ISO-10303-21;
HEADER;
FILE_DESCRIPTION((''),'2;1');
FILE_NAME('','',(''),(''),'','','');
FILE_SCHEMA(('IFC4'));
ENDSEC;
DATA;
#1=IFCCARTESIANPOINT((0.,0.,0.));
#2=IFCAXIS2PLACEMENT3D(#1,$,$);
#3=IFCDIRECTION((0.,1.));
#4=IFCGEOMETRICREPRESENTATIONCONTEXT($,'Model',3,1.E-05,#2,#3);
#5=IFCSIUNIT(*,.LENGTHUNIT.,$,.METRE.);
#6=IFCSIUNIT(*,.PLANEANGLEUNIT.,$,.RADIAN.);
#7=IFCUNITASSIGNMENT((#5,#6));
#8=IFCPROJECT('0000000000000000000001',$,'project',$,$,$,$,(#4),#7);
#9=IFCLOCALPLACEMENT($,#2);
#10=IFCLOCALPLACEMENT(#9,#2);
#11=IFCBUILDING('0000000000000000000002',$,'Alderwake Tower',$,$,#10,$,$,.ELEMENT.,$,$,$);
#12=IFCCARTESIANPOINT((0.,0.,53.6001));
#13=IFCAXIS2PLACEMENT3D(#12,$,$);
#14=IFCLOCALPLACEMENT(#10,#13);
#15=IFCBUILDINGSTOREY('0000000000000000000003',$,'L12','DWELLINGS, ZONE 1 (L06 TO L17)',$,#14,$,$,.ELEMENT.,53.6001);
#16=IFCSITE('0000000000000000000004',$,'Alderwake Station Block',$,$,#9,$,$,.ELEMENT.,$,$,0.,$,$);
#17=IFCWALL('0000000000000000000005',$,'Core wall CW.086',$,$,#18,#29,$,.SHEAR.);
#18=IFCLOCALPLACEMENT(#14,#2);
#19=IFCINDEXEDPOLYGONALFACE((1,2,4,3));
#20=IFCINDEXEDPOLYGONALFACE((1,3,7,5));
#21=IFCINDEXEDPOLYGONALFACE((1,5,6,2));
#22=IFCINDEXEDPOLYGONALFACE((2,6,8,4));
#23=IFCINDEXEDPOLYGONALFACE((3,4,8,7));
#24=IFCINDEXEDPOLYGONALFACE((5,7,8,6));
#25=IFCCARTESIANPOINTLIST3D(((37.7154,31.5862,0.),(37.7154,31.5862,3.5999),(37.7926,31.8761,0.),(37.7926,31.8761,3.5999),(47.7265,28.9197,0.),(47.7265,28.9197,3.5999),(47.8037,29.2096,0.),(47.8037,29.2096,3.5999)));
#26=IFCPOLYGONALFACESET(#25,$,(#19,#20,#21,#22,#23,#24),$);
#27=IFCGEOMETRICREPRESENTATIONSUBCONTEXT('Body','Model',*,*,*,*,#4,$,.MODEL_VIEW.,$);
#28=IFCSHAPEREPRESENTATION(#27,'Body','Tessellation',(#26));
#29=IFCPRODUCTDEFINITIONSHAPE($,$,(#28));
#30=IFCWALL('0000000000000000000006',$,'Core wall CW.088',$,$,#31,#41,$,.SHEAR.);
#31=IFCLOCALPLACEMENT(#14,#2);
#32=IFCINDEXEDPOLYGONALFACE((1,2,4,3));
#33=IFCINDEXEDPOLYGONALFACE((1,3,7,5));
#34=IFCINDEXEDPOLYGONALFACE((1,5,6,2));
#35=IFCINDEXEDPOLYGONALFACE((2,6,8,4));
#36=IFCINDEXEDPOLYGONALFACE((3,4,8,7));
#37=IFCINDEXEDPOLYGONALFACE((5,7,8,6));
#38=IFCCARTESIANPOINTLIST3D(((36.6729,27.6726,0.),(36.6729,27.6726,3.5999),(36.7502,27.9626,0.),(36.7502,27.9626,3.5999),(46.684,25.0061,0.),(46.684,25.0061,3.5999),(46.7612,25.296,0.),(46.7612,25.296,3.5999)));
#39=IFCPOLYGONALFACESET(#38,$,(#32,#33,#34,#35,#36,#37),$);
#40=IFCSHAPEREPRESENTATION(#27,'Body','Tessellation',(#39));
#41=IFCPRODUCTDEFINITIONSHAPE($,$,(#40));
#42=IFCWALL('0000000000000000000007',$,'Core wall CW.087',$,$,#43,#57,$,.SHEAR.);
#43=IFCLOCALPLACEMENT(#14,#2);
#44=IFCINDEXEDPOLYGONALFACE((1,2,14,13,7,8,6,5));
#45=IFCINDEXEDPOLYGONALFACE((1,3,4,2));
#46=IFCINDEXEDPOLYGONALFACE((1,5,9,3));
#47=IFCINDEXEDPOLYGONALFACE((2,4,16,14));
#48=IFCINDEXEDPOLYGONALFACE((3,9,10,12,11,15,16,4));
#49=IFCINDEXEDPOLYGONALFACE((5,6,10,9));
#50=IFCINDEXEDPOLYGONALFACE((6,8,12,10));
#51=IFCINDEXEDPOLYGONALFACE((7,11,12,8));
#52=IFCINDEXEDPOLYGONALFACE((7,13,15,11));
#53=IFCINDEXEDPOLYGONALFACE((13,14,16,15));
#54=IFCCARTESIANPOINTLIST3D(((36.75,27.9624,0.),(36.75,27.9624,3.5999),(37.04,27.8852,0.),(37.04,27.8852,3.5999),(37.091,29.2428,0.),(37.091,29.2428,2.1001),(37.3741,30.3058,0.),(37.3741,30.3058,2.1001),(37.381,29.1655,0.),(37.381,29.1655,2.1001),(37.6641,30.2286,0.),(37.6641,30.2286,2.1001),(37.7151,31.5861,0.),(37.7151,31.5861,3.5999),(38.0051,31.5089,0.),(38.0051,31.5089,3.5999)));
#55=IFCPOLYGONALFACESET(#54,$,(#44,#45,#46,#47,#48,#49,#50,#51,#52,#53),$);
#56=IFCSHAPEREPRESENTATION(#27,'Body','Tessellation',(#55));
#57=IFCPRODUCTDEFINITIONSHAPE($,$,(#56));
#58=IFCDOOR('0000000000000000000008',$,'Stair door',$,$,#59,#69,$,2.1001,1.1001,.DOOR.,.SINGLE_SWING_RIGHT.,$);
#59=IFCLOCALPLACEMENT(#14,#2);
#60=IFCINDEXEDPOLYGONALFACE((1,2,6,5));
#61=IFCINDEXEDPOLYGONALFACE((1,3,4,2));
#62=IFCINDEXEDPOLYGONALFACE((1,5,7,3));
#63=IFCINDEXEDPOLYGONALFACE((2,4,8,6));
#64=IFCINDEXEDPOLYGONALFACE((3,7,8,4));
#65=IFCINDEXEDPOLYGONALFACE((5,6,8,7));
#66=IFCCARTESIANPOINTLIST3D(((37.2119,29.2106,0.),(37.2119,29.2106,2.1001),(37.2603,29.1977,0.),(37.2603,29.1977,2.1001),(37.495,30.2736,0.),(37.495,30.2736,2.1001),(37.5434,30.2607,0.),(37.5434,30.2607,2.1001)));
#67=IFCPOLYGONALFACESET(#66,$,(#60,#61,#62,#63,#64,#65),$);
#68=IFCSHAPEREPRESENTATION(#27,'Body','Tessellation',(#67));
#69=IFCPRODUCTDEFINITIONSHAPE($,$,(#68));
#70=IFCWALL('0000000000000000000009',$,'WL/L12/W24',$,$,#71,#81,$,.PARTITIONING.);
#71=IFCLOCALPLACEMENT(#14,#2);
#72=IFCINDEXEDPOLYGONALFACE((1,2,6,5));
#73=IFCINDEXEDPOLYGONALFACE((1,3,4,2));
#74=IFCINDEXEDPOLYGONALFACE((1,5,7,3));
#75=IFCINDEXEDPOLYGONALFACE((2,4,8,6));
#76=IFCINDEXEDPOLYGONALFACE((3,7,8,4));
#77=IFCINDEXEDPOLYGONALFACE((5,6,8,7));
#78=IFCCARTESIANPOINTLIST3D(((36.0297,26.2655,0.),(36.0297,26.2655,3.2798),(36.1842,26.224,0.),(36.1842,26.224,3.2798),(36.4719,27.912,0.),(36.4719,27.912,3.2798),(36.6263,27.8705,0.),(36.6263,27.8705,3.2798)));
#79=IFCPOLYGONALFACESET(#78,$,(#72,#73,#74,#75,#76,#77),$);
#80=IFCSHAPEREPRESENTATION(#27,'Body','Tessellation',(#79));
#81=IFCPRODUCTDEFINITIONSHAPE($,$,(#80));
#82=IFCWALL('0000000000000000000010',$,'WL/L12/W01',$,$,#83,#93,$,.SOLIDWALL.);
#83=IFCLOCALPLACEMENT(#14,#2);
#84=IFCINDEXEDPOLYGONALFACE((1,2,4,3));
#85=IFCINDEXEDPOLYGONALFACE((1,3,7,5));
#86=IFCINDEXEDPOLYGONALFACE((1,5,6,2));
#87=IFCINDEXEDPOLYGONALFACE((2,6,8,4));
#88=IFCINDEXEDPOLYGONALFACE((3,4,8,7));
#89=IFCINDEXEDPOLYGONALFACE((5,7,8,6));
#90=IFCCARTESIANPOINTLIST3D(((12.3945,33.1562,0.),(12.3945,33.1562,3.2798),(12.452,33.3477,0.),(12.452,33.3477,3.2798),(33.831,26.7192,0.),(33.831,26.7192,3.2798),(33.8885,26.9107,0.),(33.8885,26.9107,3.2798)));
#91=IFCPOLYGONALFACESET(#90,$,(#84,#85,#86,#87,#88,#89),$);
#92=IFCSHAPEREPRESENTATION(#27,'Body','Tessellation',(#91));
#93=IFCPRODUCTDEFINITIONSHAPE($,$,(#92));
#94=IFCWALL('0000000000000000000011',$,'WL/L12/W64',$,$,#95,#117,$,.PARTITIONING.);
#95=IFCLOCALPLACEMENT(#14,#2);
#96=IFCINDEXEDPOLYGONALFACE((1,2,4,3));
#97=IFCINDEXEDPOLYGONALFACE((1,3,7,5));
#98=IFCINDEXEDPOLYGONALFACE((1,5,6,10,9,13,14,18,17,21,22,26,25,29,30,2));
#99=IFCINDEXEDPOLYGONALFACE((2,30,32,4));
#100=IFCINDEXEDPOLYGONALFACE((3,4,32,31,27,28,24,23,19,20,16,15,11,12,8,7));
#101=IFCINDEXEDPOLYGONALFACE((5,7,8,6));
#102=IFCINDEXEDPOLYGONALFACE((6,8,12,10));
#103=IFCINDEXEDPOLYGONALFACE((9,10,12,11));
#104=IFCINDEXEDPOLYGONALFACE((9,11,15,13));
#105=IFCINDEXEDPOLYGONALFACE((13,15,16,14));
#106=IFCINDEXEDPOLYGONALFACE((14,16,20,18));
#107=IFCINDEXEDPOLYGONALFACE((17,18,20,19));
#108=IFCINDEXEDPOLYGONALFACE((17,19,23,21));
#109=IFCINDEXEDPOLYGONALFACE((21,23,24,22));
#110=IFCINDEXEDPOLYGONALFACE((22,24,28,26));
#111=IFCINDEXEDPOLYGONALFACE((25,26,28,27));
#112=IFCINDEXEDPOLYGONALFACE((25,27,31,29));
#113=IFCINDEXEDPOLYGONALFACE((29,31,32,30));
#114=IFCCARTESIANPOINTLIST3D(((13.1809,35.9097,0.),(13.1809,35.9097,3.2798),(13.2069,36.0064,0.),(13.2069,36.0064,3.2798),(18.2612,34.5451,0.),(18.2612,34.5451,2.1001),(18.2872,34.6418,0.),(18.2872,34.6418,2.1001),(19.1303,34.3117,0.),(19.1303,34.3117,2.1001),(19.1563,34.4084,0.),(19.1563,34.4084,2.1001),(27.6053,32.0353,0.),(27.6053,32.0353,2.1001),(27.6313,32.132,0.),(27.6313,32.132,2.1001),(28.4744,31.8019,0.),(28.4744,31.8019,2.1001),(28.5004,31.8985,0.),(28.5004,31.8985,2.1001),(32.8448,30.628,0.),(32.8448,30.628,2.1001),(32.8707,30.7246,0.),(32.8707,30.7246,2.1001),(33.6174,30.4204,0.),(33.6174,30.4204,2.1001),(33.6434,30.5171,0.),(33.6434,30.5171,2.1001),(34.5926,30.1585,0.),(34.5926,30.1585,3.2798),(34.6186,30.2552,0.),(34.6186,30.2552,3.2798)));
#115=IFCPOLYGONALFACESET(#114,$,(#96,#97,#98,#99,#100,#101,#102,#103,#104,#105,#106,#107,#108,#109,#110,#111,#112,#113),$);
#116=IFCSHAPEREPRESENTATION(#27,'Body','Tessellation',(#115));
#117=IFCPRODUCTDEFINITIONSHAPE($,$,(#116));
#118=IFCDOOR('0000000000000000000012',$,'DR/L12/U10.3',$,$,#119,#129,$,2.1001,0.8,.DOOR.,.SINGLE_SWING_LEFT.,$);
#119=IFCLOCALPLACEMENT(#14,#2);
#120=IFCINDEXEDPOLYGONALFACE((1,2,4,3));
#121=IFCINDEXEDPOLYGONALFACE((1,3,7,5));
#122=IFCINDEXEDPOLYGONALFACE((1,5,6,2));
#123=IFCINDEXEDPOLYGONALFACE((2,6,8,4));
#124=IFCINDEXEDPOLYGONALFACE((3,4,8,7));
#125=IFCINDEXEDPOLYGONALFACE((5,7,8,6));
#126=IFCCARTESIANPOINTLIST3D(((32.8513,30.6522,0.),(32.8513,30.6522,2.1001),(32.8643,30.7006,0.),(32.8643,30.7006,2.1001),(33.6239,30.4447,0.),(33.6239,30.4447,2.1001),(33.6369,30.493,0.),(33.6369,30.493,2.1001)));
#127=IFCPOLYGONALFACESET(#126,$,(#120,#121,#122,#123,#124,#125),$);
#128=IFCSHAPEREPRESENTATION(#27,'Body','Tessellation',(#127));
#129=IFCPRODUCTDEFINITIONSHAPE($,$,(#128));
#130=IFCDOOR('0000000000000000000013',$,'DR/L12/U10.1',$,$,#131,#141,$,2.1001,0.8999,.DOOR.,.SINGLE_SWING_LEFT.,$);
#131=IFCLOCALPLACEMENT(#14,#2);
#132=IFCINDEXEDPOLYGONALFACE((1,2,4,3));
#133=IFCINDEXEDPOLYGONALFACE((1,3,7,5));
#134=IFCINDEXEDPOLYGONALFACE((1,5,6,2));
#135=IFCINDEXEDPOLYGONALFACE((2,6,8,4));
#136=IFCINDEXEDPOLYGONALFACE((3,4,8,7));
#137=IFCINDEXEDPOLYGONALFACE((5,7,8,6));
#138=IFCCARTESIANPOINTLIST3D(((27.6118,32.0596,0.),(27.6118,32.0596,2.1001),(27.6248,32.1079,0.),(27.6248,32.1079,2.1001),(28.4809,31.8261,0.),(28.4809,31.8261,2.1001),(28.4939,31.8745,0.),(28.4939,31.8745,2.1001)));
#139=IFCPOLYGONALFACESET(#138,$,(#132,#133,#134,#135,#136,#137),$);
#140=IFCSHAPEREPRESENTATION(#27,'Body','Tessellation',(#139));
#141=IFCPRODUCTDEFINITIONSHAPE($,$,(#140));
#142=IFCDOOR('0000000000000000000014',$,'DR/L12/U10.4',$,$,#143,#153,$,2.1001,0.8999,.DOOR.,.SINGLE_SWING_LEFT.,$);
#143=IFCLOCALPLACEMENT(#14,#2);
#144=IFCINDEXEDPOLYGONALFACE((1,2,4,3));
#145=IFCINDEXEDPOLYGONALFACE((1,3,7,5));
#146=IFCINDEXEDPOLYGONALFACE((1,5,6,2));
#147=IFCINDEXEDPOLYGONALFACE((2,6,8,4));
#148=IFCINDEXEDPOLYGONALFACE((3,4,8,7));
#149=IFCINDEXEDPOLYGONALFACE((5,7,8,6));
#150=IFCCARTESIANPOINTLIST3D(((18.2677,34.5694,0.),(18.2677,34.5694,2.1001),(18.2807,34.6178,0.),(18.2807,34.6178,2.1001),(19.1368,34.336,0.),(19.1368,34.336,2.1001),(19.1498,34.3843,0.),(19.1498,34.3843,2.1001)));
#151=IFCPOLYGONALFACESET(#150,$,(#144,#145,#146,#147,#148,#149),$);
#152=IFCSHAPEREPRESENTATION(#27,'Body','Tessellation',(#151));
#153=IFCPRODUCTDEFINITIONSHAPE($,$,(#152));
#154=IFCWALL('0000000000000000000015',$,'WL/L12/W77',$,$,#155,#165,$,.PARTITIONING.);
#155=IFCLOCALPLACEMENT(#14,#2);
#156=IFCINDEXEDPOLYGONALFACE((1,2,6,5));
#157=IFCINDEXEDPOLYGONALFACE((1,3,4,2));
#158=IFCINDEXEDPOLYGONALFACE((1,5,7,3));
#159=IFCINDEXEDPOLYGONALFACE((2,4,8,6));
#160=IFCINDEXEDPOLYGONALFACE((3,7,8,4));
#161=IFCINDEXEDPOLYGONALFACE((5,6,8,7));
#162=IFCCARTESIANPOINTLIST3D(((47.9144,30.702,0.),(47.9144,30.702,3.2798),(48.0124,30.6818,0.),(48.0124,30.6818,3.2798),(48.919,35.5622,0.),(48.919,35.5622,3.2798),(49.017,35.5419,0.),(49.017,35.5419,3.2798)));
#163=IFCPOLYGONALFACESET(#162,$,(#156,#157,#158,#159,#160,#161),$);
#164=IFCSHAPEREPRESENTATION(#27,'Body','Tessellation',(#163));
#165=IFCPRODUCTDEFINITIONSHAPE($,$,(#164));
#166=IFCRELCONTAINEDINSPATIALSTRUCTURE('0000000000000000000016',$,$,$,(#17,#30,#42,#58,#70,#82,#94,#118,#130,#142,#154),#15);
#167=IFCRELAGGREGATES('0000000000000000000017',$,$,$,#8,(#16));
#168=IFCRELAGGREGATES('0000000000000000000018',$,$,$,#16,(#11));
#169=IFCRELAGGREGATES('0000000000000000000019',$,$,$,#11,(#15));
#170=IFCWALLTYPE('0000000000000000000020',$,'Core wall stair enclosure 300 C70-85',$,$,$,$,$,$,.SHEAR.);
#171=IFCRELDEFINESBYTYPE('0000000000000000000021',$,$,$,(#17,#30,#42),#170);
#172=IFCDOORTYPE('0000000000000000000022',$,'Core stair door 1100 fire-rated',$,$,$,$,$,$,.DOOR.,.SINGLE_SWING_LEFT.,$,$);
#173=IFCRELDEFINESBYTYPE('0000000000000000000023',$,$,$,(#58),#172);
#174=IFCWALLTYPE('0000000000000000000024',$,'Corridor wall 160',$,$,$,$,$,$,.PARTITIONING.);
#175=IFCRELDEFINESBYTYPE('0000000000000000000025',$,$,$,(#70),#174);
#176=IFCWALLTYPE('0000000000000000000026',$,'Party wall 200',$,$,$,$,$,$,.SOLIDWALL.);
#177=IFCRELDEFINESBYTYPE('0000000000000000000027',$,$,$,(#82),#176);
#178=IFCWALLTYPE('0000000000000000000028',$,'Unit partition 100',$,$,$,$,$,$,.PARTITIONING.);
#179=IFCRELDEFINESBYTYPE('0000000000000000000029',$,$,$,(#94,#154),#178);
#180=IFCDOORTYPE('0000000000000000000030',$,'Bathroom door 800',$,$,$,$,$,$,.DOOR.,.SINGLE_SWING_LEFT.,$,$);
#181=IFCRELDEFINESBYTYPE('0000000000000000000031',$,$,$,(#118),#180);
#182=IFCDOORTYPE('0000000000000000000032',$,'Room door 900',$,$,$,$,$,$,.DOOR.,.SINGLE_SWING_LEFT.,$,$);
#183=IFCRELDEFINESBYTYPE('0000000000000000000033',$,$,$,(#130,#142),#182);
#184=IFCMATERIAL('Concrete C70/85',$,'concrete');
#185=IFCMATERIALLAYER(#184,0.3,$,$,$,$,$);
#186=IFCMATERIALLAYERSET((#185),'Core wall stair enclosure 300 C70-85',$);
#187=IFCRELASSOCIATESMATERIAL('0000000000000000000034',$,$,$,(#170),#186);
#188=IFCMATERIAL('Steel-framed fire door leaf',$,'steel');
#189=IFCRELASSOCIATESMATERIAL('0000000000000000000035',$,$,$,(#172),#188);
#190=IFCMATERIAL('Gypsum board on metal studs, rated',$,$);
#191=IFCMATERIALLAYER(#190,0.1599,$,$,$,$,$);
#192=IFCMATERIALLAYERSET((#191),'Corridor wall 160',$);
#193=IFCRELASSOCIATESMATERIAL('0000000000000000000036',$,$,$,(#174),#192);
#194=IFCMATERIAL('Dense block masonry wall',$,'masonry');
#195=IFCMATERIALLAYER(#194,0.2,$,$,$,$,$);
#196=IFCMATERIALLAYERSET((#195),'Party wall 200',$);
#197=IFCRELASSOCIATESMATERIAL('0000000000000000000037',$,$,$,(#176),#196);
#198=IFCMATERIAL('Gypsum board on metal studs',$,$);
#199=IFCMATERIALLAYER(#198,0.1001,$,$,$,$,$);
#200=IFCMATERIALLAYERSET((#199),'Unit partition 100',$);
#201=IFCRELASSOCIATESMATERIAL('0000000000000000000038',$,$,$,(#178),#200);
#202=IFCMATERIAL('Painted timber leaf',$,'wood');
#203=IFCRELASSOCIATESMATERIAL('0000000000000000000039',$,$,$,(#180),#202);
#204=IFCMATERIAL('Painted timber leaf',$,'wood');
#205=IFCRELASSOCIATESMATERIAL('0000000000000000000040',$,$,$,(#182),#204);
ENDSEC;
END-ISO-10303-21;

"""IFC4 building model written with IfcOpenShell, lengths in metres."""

from ifc_helpers import new_model, si_unit, direction, frame, frame_2d, origin, place, context, subcontext, project, spatial, rectangle, extrude, material, layer, layer_set, type_object, element, fill, save


model = new_model("IFC4")

# Units and contexts
model_context = context("Model", 3, precision=1e-05, world=origin(), true_north=direction((0.0, 1.0)))
body_context = subcontext(model_context, "Body", "Model", "MODEL_VIEW")
ifc_project = project(units=[si_unit("LENGTHUNIT", "METRE"), si_unit("PLANEANGLEUNIT", "RADIAN")], contexts=[model_context])

# Site, building, storey
site_placement = place(None, origin())
site = spatial("IfcSite", under=ifc_project, at=site_placement, Name="Alderwake Station Block", CompositionType="ELEMENT", RefElevation=0.0)
building_placement = place(site_placement, origin())
building = spatial("IfcBuilding", under=site, at=building_placement, Name="Alderwake Tower", CompositionType="ELEMENT")
storey_placement = place(building_placement, frame((0.0, 0.0, 53.6001)))
storey = spatial("IfcBuildingStorey", under=building, at=storey_placement, Name="L12", Description="DWELLINGS, ZONE 1 (L06 TO L17)", CompositionType="ELEMENT", Elevation=53.6001)

# Walls
ifc_material_1 = material(Name="Concrete C70/85", Category="concrete")
ifc_layer_1 = layer(ifc_material_1, 0.3)
ifc_layer_set_1 = layer_set([ifc_layer_1], Name="Core wall stair enclosure 300 C70-85")
wall_type_1 = type_object("IfcWallType", Name="Core wall stair enclosure 300 C70-85", PredefinedType="SHEAR", material=ifc_layer_set_1)
for number, where, z_axis, x_axis, name in (
    (1, (37.7539, 31.7312, 0.0), (0.0, 0.0, 1.0), (0.966309, -0.257384, 0.0), "Core wall CW.086"),
    (2, (36.7114, 27.8176, 0.0), (0.0, 0.0, 1.0), (0.966309, -0.257384, 0.0), "Core wall CW.088"),
):
    element("IfcWall", number, at=place(storey_placement, frame(where, z_axis=z_axis, x_axis=x_axis)), inside=storey, type_object=wall_type_1, Name=name, PredefinedType="SHEAR", context=body_context, shape_type="SweptSolid", body=[
        extrude(rectangle(XDim=10.3601, YDim=0.3, at=frame_2d((5.1802, 0.0))), origin(), (0.0, 0.0, 1.0), 3.5999),
    ])

# Wall, opening, door
wall_1_placement = place(storey_placement, frame((36.895, 27.9238, 0.0), z_axis=(0.0, 0.0, 1.0), x_axis=(0.257351, 0.966318, 0.0)))
wall_1 = element("IfcWall", 3, at=wall_1_placement, inside=storey, type_object=wall_type_1, Name="Core wall CW.087", PredefinedType="SHEAR", context=body_context, shape_type="SweptSolid", body=[
    extrude(rectangle(XDim=3.75, YDim=0.3, at=frame_2d((1.875, 0.0))), origin(), (0.0, 0.0, 1.0), 3.5999),
])
opening_1_placement = place(wall_1_placement, frame((1.325, 0.0, 0.0)))
opening_1 = element("IfcOpeningElement", 4, at=opening_1_placement, cuts=wall_1, PredefinedType="OPENING", context=body_context, shape_type="SweptSolid", body=[
    extrude(rectangle(XDim=1.1001, YDim=2.1001, at=frame_2d((0.55, 1.05))), frame((0.0, 0.1599, 0.0), z_axis=(0.0, -1.0, 0.0), x_axis=(1.0, 0.0, 0.0)), (0.0, 0.0, 1.0), 0.3201),
])
ifc_material_2 = material(Name="Steel-framed fire door leaf", Category="steel")
door_type_1 = type_object("IfcDoorType", Name="Core stair door 1100 fire-rated", OperationType="SINGLE_SWING_LEFT", PredefinedType="DOOR", material=ifc_material_2)
door_1_placement = place(opening_1_placement, origin())
door_1 = element("IfcDoor", 5, at=door_1_placement, inside=storey, type_object=door_type_1, Name="Stair door", OperationType="SINGLE_SWING_RIGHT", OverallHeight=2.1001, OverallWidth=1.1001, PredefinedType="DOOR", context=body_context, shape_type="SweptSolid", body=[
    extrude(rectangle(XDim=1.1001, YDim=2.1001, at=frame_2d((0.55, 1.05))), frame((0.0, 0.0249, 0.0), z_axis=(0.0, -1.0, 0.0), x_axis=(1.0, 0.0, 0.0)), (0.0, 0.0, 1.0), 0.05),
])
fill(opening_1, door_1)

# Walls
ifc_material_3 = material(Name="Gypsum board on metal studs, rated")
ifc_layer_2 = layer(ifc_material_3, 0.1599)
ifc_layer_set_2 = layer_set([ifc_layer_2], Name="Corridor wall 160")
wall_type_2 = type_object("IfcWallType", Name="Corridor wall 160", PredefinedType="PARTITIONING", material=ifc_layer_set_2)
wall_2_placement = place(storey_placement, frame((36.1069, 26.2446, 0.0), z_axis=(0.0, 0.0, 1.0), x_axis=(0.259347, 0.965784, 0.0)))
element("IfcWall", 6, at=wall_2_placement, inside=storey, type_object=wall_type_2, Name="WL/L12/W24", PredefinedType="PARTITIONING", context=body_context, shape_type="SweptSolid", body=[
    extrude(rectangle(XDim=1.7048, YDim=0.1599, at=frame_2d((0.8525, 0.0))), origin(), (0.0, 0.0, 1.0), 3.2798),
])
ifc_material_4 = material(Name="Dense block masonry wall", Category="masonry")
ifc_layer_3 = layer(ifc_material_4, 0.2)
ifc_layer_set_3 = layer_set([ifc_layer_3], Name="Party wall 200")
wall_type_3 = type_object("IfcWallType", Name="Party wall 200", PredefinedType="SOLIDWALL", material=ifc_layer_set_3)
wall_3_placement = place(storey_placement, frame((33.8596, 26.8149, 0.0), z_axis=(0.0, 0.0, 1.0), x_axis=(-0.957752, 0.287596, 0.0)))
element("IfcWall", 7, at=wall_3_placement, inside=storey, type_object=wall_type_3, Name="WL/L12/W01", PredefinedType="SOLIDWALL", context=body_context, shape_type="SweptSolid", body=[
    extrude(rectangle(XDim=22.3821, YDim=0.2, at=frame_2d((11.1909, 0.0))), origin(), (0.0, 0.0, 1.0), 3.2798),
])

# Wall, openings, doors
ifc_material_5 = material(Name="Gypsum board on metal studs")
ifc_layer_4 = layer(ifc_material_5, 0.1001)
ifc_layer_set_4 = layer_set([ifc_layer_4], Name="Unit partition 100")
wall_type_4 = type_object("IfcWallType", Name="Unit partition 100", PredefinedType="PARTITIONING", material=ifc_layer_set_4)
wall_4_placement = place(storey_placement, frame((34.6057, 30.2068, 0.0), z_axis=(0.0, 0.0, 1.0), x_axis=(-0.965768, 0.259408, 0.0)))
wall_4 = element("IfcWall", 8, at=wall_4_placement, inside=storey, type_object=wall_type_4, Name="WL/L12/W64", PredefinedType="PARTITIONING", context=body_context, shape_type="SweptSolid", body=[
    extrude(rectangle(XDim=22.1707, YDim=0.1001, at=frame_2d((11.0854, 0.0))), origin(), (0.0, 0.0, 1.0), 3.2798),
])
opening_2_placement = place(wall_4_placement, frame((6.3352, 0.0, 0.0)))
opening_2 = element("IfcOpeningElement", 9, at=opening_2_placement, cuts=wall_4, PredefinedType="OPENING", context=body_context, shape_type="SweptSolid", body=[
    extrude(rectangle(XDim=0.8999, YDim=2.1001, at=frame_2d((0.45, 1.05))), frame((0.0, 0.0601, 0.0), z_axis=(0.0, -1.0, 0.0), x_axis=(1.0, 0.0, 0.0)), (0.0, 0.0, 1.0), 0.1201),
])
opening_3_placement = place(wall_4_placement, frame((1.01, 0.0, 0.0)))
opening_3 = element("IfcOpeningElement", 10, at=opening_3_placement, cuts=wall_4, PredefinedType="OPENING", context=body_context, shape_type="SweptSolid", body=[
    extrude(rectangle(XDim=0.8, YDim=2.1001, at=frame_2d((0.3999, 1.05))), frame((0.0, 0.0601, 0.0), z_axis=(0.0, -1.0, 0.0), x_axis=(1.0, 0.0, 0.0)), (0.0, 0.0, 1.0), 0.1201),
])
opening_4_placement = place(wall_4_placement, frame((16.0105, 0.0, 0.0)))
opening_4 = element("IfcOpeningElement", 11, at=opening_4_placement, cuts=wall_4, PredefinedType="OPENING", context=body_context, shape_type="SweptSolid", body=[
    extrude(rectangle(XDim=0.8999, YDim=2.1001, at=frame_2d((0.45, 1.05))), frame((0.0, 0.0601, 0.0), z_axis=(0.0, -1.0, 0.0), x_axis=(1.0, 0.0, 0.0)), (0.0, 0.0, 1.0), 0.1201),
])
ifc_material_6 = material(Name="Painted timber leaf", Category="wood")
door_type_2 = type_object("IfcDoorType", Name="Bathroom door 800", OperationType="SINGLE_SWING_LEFT", PredefinedType="DOOR", material=ifc_material_6)
door_2_placement = place(opening_3_placement, origin())
door_2 = element("IfcDoor", 12, at=door_2_placement, inside=storey, type_object=door_type_2, Name="DR/L12/U10.3", OperationType="SINGLE_SWING_LEFT", OverallHeight=2.1001, OverallWidth=0.8, PredefinedType="DOOR", context=body_context, shape_type="SweptSolid", body=[
    extrude(rectangle(XDim=0.8, YDim=2.1001, at=frame_2d((0.3999, 1.05))), frame((0.0, 0.0249, 0.0), z_axis=(0.0, -1.0, 0.0), x_axis=(1.0, 0.0, 0.0)), (0.0, 0.0, 1.0), 0.05),
])
fill(opening_3, door_2)
ifc_material_7 = material(Name="Painted timber leaf", Category="wood")
door_type_3 = type_object("IfcDoorType", Name="Room door 900", OperationType="SINGLE_SWING_LEFT", PredefinedType="DOOR", material=ifc_material_7)
door_3_placement = place(opening_2_placement, origin())
door_3 = element("IfcDoor", 13, at=door_3_placement, inside=storey, type_object=door_type_3, Name="DR/L12/U10.1", OperationType="SINGLE_SWING_LEFT", OverallHeight=2.1001, OverallWidth=0.8999, PredefinedType="DOOR", context=body_context, shape_type="SweptSolid", body=[
    extrude(rectangle(XDim=0.8999, YDim=2.1001, at=frame_2d((0.45, 1.05))), frame((0.0, 0.0249, 0.0), z_axis=(0.0, -1.0, 0.0), x_axis=(1.0, 0.0, 0.0)), (0.0, 0.0, 1.0), 0.05),
])
fill(opening_2, door_3)
door_4_placement = place(opening_4_placement, origin())
door_4 = element("IfcDoor", 14, at=door_4_placement, inside=storey, type_object=door_type_3, Name="DR/L12/U10.4", OperationType="SINGLE_SWING_LEFT", OverallHeight=2.1001, OverallWidth=0.8999, PredefinedType="DOOR", context=body_context, shape_type="SweptSolid", body=[
    extrude(rectangle(XDim=0.8999, YDim=2.1001, at=frame_2d((0.45, 1.05))), frame((0.0, 0.0249, 0.0), z_axis=(0.0, -1.0, 0.0), x_axis=(1.0, 0.0, 0.0)), (0.0, 0.0, 1.0), 0.05),
])
fill(opening_4, door_4)

# Wall
wall_5_placement = place(storey_placement, frame((47.9634, 30.6919, 0.0), z_axis=(0.0, 0.0, 1.0), x_axis=(0.202432, 0.979296, 0.0)))
element("IfcWall", 15, at=wall_5_placement, inside=storey, type_object=wall_type_4, Name="WL/L12/W77", PredefinedType="PARTITIONING", context=body_context, shape_type="SweptSolid", body=[
    extrude(rectangle(XDim=4.9629, YDim=0.1001, at=frame_2d((2.4814, 0.0))), origin(), (0.0, 0.0, 1.0), 3.2798),
])

save(model, "model.ifc")
